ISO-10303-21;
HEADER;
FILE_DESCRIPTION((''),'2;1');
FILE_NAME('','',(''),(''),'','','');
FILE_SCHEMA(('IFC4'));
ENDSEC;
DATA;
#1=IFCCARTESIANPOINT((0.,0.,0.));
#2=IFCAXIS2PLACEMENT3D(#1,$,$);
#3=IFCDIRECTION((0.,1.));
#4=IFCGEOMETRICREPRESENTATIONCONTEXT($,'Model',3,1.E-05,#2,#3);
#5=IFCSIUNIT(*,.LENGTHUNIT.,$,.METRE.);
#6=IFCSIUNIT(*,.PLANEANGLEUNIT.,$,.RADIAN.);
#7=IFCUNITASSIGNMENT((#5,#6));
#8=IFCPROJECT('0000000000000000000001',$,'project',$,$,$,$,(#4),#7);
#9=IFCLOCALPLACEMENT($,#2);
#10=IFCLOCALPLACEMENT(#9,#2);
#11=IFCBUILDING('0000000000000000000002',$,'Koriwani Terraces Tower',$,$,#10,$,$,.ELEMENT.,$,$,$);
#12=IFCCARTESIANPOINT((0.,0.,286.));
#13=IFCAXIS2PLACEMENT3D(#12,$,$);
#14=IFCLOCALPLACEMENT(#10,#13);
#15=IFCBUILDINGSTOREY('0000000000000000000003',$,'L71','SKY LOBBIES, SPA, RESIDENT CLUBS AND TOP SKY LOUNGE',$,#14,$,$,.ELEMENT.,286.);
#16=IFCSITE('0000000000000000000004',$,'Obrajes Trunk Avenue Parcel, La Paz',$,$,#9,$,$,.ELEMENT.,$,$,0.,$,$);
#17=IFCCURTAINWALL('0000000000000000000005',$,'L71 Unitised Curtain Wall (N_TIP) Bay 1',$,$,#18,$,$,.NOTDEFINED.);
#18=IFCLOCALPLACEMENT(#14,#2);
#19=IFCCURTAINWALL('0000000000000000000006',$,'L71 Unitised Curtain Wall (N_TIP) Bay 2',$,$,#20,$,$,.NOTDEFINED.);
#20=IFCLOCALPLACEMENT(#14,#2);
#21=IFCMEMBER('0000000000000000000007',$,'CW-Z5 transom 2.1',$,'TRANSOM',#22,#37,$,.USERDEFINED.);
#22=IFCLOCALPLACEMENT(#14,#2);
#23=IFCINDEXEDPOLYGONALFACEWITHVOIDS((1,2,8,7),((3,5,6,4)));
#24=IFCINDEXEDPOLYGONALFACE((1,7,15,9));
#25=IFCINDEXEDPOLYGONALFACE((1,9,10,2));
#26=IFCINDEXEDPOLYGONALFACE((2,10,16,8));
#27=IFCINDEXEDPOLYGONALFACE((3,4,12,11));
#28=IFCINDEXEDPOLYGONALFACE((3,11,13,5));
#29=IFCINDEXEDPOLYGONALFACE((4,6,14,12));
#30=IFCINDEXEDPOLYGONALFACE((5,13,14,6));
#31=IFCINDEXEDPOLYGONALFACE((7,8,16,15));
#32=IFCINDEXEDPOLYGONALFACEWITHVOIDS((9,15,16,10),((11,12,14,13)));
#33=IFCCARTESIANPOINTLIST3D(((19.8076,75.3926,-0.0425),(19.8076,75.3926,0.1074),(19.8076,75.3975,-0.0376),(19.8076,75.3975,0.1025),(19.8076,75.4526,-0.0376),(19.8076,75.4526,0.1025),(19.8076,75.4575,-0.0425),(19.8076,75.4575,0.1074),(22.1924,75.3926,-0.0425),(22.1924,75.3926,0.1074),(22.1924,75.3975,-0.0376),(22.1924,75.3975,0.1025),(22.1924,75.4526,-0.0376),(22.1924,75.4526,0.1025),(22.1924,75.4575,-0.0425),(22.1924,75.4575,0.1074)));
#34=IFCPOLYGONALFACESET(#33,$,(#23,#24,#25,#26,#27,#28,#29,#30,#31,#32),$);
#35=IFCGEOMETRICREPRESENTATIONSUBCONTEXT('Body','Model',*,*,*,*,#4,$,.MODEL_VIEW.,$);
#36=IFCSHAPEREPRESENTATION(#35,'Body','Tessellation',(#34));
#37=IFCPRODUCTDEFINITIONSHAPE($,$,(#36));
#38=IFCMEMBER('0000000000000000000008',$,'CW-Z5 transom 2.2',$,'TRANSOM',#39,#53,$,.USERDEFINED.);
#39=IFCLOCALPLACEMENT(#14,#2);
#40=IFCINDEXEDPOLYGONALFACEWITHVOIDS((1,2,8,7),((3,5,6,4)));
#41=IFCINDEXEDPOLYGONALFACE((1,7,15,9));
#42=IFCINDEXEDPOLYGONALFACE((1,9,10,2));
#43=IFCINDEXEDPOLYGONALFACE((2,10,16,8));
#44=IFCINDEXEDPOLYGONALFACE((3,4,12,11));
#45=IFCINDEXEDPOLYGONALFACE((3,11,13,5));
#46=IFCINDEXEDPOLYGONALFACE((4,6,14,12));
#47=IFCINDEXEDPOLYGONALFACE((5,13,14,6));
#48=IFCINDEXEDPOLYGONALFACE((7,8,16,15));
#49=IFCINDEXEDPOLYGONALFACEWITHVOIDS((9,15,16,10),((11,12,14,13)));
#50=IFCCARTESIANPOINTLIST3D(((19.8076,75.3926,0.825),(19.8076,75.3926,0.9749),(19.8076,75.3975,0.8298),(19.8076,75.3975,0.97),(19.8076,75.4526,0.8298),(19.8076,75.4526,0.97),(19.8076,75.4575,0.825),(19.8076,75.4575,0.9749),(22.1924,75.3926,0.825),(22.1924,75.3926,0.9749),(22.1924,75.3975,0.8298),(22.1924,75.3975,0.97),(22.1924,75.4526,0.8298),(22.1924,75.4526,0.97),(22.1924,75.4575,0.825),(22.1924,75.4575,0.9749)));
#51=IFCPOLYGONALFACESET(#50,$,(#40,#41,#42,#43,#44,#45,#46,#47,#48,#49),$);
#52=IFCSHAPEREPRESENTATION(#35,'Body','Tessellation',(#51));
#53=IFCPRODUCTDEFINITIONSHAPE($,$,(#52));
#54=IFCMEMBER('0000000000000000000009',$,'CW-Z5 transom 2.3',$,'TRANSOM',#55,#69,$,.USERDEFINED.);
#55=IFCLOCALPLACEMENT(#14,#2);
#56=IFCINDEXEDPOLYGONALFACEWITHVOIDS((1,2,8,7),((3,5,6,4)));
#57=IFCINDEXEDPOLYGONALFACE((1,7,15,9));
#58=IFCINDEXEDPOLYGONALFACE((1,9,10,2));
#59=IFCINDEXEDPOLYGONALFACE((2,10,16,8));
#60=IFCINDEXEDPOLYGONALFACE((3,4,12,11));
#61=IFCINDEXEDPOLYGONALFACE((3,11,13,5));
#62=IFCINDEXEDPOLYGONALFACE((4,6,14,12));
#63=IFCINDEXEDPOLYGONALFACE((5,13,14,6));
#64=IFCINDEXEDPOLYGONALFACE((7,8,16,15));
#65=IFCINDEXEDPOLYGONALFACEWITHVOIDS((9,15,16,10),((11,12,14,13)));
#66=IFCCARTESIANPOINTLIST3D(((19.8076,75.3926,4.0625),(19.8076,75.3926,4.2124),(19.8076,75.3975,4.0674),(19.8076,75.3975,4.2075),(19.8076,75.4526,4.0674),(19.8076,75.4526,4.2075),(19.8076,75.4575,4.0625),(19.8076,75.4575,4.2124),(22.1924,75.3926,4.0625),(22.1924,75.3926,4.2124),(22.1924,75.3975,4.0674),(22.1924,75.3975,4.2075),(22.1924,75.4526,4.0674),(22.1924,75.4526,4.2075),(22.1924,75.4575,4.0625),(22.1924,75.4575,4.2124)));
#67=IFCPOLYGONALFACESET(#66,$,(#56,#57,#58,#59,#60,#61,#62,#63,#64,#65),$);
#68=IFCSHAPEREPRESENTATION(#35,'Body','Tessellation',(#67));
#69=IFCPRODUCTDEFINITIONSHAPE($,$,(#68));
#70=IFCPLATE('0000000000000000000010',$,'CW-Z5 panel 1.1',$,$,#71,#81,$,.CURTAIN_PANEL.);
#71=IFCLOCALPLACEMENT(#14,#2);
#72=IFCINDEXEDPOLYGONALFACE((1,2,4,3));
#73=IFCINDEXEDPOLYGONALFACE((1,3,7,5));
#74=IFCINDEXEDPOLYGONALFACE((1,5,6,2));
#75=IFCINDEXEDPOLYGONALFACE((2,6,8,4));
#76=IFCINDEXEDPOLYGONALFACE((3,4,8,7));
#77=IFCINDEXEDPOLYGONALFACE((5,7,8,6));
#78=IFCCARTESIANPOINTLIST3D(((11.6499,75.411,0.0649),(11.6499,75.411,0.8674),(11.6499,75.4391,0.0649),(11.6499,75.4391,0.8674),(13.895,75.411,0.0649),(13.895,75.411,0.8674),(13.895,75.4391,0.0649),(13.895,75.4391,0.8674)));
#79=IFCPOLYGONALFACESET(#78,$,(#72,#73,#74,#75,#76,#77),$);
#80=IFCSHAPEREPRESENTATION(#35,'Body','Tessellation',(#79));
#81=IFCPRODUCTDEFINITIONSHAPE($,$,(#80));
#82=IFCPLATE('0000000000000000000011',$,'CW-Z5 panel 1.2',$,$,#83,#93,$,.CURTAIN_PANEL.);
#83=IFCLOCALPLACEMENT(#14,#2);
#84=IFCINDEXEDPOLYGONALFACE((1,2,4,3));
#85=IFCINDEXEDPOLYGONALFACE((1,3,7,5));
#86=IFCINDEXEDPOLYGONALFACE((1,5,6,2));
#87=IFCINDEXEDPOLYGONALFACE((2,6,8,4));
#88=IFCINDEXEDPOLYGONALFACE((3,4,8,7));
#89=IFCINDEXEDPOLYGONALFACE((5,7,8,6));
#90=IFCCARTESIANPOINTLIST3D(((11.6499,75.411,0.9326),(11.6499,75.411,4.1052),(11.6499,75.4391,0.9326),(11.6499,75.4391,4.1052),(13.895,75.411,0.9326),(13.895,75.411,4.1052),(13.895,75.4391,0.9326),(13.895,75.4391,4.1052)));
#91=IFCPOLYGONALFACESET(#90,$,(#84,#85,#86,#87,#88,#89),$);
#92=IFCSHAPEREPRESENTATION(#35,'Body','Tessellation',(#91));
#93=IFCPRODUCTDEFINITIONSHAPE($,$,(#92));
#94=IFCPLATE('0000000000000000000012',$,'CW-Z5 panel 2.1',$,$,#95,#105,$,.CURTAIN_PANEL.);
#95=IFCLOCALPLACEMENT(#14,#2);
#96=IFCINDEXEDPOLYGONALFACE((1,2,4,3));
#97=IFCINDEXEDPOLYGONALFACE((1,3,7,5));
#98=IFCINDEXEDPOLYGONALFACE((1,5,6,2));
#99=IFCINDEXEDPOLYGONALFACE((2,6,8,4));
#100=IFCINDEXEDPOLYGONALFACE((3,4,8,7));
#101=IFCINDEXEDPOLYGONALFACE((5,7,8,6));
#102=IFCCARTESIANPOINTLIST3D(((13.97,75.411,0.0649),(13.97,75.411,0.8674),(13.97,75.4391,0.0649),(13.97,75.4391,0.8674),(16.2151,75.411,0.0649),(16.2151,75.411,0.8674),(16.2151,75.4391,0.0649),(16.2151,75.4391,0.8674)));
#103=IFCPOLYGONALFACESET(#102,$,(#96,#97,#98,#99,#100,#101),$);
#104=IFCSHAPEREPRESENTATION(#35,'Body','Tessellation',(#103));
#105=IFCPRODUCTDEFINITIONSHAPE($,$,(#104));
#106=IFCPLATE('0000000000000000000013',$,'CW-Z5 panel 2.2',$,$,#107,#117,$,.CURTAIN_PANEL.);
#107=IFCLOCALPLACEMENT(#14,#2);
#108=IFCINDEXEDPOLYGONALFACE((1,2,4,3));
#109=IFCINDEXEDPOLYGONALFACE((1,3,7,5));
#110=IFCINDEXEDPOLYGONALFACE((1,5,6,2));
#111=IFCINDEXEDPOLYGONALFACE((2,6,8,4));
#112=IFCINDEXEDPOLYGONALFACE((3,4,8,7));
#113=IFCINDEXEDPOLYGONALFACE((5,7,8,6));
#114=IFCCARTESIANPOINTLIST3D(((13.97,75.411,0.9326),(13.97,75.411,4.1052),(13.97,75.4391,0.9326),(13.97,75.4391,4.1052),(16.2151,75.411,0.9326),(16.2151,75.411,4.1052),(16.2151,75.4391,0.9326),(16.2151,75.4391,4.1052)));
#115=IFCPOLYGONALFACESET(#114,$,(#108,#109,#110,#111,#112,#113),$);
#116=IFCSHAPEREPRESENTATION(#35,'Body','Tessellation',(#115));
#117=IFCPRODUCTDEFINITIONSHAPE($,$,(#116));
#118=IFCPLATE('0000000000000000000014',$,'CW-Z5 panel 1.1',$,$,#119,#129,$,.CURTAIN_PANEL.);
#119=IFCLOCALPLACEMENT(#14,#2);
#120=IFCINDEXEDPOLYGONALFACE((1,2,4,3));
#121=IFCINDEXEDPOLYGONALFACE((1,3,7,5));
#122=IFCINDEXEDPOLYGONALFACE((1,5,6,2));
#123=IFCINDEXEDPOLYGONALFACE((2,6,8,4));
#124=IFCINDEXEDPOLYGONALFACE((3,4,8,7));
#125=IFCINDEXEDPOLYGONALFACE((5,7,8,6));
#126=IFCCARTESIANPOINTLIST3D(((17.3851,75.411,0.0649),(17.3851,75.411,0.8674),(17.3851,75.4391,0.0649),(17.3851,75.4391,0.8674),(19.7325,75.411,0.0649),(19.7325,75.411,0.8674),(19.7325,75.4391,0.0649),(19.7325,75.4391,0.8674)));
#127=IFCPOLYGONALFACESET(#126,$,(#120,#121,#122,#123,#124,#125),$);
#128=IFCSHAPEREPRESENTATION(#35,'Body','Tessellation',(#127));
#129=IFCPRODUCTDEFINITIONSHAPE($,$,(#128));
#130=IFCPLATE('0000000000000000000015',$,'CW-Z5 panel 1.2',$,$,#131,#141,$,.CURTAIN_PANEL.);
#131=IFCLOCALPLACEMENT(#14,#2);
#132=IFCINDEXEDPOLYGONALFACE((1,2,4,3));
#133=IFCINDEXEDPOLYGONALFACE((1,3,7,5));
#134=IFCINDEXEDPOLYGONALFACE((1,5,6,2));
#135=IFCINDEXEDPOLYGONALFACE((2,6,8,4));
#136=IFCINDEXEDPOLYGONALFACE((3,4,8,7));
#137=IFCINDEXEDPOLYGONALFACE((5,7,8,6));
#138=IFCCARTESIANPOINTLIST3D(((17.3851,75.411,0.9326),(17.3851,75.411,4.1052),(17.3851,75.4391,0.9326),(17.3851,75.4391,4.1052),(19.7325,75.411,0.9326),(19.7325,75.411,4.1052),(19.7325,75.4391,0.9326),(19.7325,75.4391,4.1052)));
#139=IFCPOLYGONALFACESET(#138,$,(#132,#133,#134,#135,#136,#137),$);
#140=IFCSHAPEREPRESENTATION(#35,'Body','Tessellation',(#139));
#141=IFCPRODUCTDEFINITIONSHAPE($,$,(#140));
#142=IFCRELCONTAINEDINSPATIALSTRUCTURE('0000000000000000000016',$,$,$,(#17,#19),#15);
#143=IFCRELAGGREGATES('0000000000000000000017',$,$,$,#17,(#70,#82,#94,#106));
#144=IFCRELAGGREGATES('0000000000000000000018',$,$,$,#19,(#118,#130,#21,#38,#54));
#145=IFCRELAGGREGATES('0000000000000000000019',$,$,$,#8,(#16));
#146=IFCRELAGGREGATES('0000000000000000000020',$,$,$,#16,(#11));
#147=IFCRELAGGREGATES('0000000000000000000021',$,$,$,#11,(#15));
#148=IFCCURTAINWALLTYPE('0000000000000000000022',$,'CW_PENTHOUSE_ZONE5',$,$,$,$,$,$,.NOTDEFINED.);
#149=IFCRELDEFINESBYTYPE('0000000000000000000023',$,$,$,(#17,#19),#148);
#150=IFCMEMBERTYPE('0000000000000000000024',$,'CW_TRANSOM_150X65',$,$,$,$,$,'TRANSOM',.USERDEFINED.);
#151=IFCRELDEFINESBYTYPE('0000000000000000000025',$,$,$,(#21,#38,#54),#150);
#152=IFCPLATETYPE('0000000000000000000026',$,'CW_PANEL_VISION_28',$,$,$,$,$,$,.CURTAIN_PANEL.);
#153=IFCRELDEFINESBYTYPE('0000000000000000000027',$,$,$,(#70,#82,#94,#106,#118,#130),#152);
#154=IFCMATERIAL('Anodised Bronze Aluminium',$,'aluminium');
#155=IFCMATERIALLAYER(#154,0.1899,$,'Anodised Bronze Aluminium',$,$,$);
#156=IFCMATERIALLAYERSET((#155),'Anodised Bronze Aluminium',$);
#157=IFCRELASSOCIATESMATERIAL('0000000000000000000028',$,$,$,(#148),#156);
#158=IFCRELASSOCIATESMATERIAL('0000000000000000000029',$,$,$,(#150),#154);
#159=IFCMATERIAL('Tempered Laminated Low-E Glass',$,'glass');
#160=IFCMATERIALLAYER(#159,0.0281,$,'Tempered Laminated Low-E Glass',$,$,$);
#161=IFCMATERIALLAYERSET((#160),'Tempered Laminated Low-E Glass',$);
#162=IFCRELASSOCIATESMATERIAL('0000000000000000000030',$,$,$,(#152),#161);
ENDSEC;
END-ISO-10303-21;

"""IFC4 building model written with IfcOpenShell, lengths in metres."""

from ifc_helpers import new_model, si_unit, direction, frame, origin, origin_2d, place, context, subcontext, project, spatial, rectangle, hollow_rectangle, extrude, material, layer, layer_set, material_profile, profile_set, type_object, element, aggregate, save


model = new_model("IFC4")

# Units and contexts
model_context = context("Model", 3, precision=1e-05, world=origin(), true_north=direction((0.0, 1.0)))
body_context = subcontext(model_context, "Body", "Model", "MODEL_VIEW")
ifc_project = project(units=[si_unit("LENGTHUNIT", "METRE"), si_unit("PLANEANGLEUNIT", "RADIAN")], contexts=[model_context])

# Site, building, storey
site_placement = place(None, origin())
site = spatial("IfcSite", under=ifc_project, at=site_placement, Name="Obrajes Trunk Avenue Parcel, La Paz", CompositionType="ELEMENT", RefElevation=0.0)
building_placement = place(site_placement, origin())
building = spatial("IfcBuilding", under=site, at=building_placement, Name="Koriwani Terraces Tower", CompositionType="ELEMENT")
storey_placement = place(building_placement, frame((0.0, 0.0, 286.0)))
storey = spatial("IfcBuildingStorey", under=building, at=storey_placement, Name="L71", Description="SKY LOBBIES, SPA, RESIDENT CLUBS AND TOP SKY LOUNGE", CompositionType="ELEMENT", Elevation=286.0)

# Curtain walls
ifc_material_1 = material(Name="Anodised Bronze Aluminium", Category="aluminium")
ifc_layer_1 = layer(ifc_material_1, 0.1899, Name="Anodised Bronze Aluminium")
ifc_layer_set_1 = layer_set([ifc_layer_1], Name="Anodised Bronze Aluminium")
curtain_wall_type = type_object("IfcCurtainWallType", Name="CW_PENTHOUSE_ZONE5", PredefinedType="NOTDEFINED", material=ifc_layer_set_1)
curtain_wall_1_placement = place(storey_placement, origin())
curtain_wall_1 = element("IfcCurtainWall", 1, at=curtain_wall_1_placement, inside=storey, type_object=curtain_wall_type, Name="L71 Unitised Curtain Wall (N_TIP) Bay 1", PredefinedType="NOTDEFINED")
curtain_wall_2_placement = place(storey_placement, origin())
curtain_wall_2 = element("IfcCurtainWall", 2, at=curtain_wall_2_placement, inside=storey, type_object=curtain_wall_type, Name="L71 Unitised Curtain Wall (N_TIP) Bay 2", PredefinedType="NOTDEFINED")

# Members
ifc_material_profile_1 = material_profile(ifc_material_1, hollow_rectangle(XDim=0.0649, YDim=0.1499, WallThickness=0.0049, at=origin_2d()), Name="Anodised Bronze Aluminium", Category="LoadBearing")
ifc_profile_set_1 = profile_set([ifc_material_profile_1], Name="Anodised Bronze Aluminium")
member_type_1 = type_object("IfcMemberType", Name="CW_TRANSOM_150X65", ElementType="TRANSOM", PredefinedType="USERDEFINED", material=ifc_profile_set_1)
member_1_placement = place(storey_placement, frame((19.8076, 75.425, 0.0325), z_axis=(1.0, 0.0, 0.0), x_axis=(0.0, 1.0, 0.0)))
member_1 = element("IfcMember", 3, at=member_1_placement, type_object=member_type_1, Name="CW-Z5 transom 2.1", ObjectType="TRANSOM", PredefinedType="USERDEFINED", context=body_context, shape_type="SweptSolid", body=[
    extrude(hollow_rectangle(XDim=0.0649, YDim=0.1499, WallThickness=0.0049, at=origin_2d()), origin(), (0.0, 0.0, 1.0), 2.3848),
])
member_2_placement = place(storey_placement, frame((19.8076, 75.425, 0.8999), z_axis=(1.0, 0.0, 0.0), x_axis=(0.0, 1.0, 0.0)))
member_2 = element("IfcMember", 4, at=member_2_placement, type_object=member_type_1, Name="CW-Z5 transom 2.2", ObjectType="TRANSOM", PredefinedType="USERDEFINED", context=body_context, shape_type="SweptSolid", body=[
    extrude(hollow_rectangle(XDim=0.0649, YDim=0.1499, WallThickness=0.0049, at=origin_2d()), origin(), (0.0, 0.0, 1.0), 2.3848),
])
member_3_placement = place(storey_placement, frame((19.8076, 75.425, 4.1375), z_axis=(1.0, 0.0, 0.0), x_axis=(0.0, 1.0, 0.0)))
member_3 = element("IfcMember", 5, at=member_3_placement, type_object=member_type_1, Name="CW-Z5 transom 2.3", ObjectType="TRANSOM", PredefinedType="USERDEFINED", context=body_context, shape_type="SweptSolid", body=[
    extrude(hollow_rectangle(XDim=0.0649, YDim=0.1499, WallThickness=0.0049, at=origin_2d()), origin(), (0.0, 0.0, 1.0), 2.3848),
])

# Plates
ifc_material_2 = material(Name="Tempered Laminated Low-E Glass", Category="glass")
ifc_layer_2 = layer(ifc_material_2, 0.0281, Name="Tempered Laminated Low-E Glass")
ifc_layer_set_2 = layer_set([ifc_layer_2], Name="Tempered Laminated Low-E Glass")
plate_type = type_object("IfcPlateType", Name="CW_PANEL_VISION_28", PredefinedType="CURTAIN_PANEL", material=ifc_layer_set_2)
plate_1_placement = place(storey_placement, frame((12.7725, 75.425, 0.0649), z_axis=(0.0, 0.0, 1.0), x_axis=(1.0, 0.0, 0.0)))
plate_1 = element("IfcPlate", 6, at=plate_1_placement, type_object=plate_type, Name="CW-Z5 panel 1.1", PredefinedType="CURTAIN_PANEL", context=body_context, shape_type="SweptSolid", body=[
    extrude(rectangle(XDim=2.2451, YDim=0.0281, at=origin_2d()), origin(), (0.0, 0.0, 1.0), 0.8025),
])
plate_2_placement = place(storey_placement, frame((12.7725, 75.425, 0.9326), z_axis=(0.0, 0.0, 1.0), x_axis=(1.0, 0.0, 0.0)))
plate_2 = element("IfcPlate", 7, at=plate_2_placement, type_object=plate_type, Name="CW-Z5 panel 1.2", PredefinedType="CURTAIN_PANEL", context=body_context, shape_type="SweptSolid", body=[
    extrude(rectangle(XDim=2.2451, YDim=0.0281, at=origin_2d()), origin(), (0.0, 0.0, 1.0), 3.1726),
])
plate_3_placement = place(storey_placement, frame((15.0925, 75.425, 0.0649), z_axis=(0.0, 0.0, 1.0), x_axis=(1.0, 0.0, 0.0)))
plate_3 = element("IfcPlate", 8, at=plate_3_placement, type_object=plate_type, Name="CW-Z5 panel 2.1", PredefinedType="CURTAIN_PANEL", context=body_context, shape_type="SweptSolid", body=[
    extrude(rectangle(XDim=2.2451, YDim=0.0281, at=origin_2d()), origin(), (0.0, 0.0, 1.0), 0.8025),
])
plate_4_placement = place(storey_placement, frame((15.0925, 75.425, 0.9326), z_axis=(0.0, 0.0, 1.0), x_axis=(1.0, 0.0, 0.0)))
plate_4 = element("IfcPlate", 9, at=plate_4_placement, type_object=plate_type, Name="CW-Z5 panel 2.2", PredefinedType="CURTAIN_PANEL", context=body_context, shape_type="SweptSolid", body=[
    extrude(rectangle(XDim=2.2451, YDim=0.0281, at=origin_2d()), origin(), (0.0, 0.0, 1.0), 3.1726),
])
aggregate(curtain_wall_1, [plate_1, plate_2, plate_3, plate_4])
plate_5_placement = place(storey_placement, frame((18.5588, 75.425, 0.0649), z_axis=(0.0, 0.0, 1.0), x_axis=(1.0, 0.0, 0.0)))
plate_5 = element("IfcPlate", 10, at=plate_5_placement, type_object=plate_type, Name="CW-Z5 panel 1.1", PredefinedType="CURTAIN_PANEL", context=body_context, shape_type="SweptSolid", body=[
    extrude(rectangle(XDim=2.3474, YDim=0.0281, at=origin_2d()), origin(), (0.0, 0.0, 1.0), 0.8025),
])
plate_6_placement = place(storey_placement, frame((18.5588, 75.425, 0.9326), z_axis=(0.0, 0.0, 1.0), x_axis=(1.0, 0.0, 0.0)))
plate_6 = element("IfcPlate", 11, at=plate_6_placement, type_object=plate_type, Name="CW-Z5 panel 1.2", PredefinedType="CURTAIN_PANEL", context=body_context, shape_type="SweptSolid", body=[
    extrude(rectangle(XDim=2.3474, YDim=0.0281, at=origin_2d()), origin(), (0.0, 0.0, 1.0), 3.1726),
])
aggregate(curtain_wall_2, [plate_5, plate_6, member_1, member_2, member_3])

save(model, "model.ifc")
